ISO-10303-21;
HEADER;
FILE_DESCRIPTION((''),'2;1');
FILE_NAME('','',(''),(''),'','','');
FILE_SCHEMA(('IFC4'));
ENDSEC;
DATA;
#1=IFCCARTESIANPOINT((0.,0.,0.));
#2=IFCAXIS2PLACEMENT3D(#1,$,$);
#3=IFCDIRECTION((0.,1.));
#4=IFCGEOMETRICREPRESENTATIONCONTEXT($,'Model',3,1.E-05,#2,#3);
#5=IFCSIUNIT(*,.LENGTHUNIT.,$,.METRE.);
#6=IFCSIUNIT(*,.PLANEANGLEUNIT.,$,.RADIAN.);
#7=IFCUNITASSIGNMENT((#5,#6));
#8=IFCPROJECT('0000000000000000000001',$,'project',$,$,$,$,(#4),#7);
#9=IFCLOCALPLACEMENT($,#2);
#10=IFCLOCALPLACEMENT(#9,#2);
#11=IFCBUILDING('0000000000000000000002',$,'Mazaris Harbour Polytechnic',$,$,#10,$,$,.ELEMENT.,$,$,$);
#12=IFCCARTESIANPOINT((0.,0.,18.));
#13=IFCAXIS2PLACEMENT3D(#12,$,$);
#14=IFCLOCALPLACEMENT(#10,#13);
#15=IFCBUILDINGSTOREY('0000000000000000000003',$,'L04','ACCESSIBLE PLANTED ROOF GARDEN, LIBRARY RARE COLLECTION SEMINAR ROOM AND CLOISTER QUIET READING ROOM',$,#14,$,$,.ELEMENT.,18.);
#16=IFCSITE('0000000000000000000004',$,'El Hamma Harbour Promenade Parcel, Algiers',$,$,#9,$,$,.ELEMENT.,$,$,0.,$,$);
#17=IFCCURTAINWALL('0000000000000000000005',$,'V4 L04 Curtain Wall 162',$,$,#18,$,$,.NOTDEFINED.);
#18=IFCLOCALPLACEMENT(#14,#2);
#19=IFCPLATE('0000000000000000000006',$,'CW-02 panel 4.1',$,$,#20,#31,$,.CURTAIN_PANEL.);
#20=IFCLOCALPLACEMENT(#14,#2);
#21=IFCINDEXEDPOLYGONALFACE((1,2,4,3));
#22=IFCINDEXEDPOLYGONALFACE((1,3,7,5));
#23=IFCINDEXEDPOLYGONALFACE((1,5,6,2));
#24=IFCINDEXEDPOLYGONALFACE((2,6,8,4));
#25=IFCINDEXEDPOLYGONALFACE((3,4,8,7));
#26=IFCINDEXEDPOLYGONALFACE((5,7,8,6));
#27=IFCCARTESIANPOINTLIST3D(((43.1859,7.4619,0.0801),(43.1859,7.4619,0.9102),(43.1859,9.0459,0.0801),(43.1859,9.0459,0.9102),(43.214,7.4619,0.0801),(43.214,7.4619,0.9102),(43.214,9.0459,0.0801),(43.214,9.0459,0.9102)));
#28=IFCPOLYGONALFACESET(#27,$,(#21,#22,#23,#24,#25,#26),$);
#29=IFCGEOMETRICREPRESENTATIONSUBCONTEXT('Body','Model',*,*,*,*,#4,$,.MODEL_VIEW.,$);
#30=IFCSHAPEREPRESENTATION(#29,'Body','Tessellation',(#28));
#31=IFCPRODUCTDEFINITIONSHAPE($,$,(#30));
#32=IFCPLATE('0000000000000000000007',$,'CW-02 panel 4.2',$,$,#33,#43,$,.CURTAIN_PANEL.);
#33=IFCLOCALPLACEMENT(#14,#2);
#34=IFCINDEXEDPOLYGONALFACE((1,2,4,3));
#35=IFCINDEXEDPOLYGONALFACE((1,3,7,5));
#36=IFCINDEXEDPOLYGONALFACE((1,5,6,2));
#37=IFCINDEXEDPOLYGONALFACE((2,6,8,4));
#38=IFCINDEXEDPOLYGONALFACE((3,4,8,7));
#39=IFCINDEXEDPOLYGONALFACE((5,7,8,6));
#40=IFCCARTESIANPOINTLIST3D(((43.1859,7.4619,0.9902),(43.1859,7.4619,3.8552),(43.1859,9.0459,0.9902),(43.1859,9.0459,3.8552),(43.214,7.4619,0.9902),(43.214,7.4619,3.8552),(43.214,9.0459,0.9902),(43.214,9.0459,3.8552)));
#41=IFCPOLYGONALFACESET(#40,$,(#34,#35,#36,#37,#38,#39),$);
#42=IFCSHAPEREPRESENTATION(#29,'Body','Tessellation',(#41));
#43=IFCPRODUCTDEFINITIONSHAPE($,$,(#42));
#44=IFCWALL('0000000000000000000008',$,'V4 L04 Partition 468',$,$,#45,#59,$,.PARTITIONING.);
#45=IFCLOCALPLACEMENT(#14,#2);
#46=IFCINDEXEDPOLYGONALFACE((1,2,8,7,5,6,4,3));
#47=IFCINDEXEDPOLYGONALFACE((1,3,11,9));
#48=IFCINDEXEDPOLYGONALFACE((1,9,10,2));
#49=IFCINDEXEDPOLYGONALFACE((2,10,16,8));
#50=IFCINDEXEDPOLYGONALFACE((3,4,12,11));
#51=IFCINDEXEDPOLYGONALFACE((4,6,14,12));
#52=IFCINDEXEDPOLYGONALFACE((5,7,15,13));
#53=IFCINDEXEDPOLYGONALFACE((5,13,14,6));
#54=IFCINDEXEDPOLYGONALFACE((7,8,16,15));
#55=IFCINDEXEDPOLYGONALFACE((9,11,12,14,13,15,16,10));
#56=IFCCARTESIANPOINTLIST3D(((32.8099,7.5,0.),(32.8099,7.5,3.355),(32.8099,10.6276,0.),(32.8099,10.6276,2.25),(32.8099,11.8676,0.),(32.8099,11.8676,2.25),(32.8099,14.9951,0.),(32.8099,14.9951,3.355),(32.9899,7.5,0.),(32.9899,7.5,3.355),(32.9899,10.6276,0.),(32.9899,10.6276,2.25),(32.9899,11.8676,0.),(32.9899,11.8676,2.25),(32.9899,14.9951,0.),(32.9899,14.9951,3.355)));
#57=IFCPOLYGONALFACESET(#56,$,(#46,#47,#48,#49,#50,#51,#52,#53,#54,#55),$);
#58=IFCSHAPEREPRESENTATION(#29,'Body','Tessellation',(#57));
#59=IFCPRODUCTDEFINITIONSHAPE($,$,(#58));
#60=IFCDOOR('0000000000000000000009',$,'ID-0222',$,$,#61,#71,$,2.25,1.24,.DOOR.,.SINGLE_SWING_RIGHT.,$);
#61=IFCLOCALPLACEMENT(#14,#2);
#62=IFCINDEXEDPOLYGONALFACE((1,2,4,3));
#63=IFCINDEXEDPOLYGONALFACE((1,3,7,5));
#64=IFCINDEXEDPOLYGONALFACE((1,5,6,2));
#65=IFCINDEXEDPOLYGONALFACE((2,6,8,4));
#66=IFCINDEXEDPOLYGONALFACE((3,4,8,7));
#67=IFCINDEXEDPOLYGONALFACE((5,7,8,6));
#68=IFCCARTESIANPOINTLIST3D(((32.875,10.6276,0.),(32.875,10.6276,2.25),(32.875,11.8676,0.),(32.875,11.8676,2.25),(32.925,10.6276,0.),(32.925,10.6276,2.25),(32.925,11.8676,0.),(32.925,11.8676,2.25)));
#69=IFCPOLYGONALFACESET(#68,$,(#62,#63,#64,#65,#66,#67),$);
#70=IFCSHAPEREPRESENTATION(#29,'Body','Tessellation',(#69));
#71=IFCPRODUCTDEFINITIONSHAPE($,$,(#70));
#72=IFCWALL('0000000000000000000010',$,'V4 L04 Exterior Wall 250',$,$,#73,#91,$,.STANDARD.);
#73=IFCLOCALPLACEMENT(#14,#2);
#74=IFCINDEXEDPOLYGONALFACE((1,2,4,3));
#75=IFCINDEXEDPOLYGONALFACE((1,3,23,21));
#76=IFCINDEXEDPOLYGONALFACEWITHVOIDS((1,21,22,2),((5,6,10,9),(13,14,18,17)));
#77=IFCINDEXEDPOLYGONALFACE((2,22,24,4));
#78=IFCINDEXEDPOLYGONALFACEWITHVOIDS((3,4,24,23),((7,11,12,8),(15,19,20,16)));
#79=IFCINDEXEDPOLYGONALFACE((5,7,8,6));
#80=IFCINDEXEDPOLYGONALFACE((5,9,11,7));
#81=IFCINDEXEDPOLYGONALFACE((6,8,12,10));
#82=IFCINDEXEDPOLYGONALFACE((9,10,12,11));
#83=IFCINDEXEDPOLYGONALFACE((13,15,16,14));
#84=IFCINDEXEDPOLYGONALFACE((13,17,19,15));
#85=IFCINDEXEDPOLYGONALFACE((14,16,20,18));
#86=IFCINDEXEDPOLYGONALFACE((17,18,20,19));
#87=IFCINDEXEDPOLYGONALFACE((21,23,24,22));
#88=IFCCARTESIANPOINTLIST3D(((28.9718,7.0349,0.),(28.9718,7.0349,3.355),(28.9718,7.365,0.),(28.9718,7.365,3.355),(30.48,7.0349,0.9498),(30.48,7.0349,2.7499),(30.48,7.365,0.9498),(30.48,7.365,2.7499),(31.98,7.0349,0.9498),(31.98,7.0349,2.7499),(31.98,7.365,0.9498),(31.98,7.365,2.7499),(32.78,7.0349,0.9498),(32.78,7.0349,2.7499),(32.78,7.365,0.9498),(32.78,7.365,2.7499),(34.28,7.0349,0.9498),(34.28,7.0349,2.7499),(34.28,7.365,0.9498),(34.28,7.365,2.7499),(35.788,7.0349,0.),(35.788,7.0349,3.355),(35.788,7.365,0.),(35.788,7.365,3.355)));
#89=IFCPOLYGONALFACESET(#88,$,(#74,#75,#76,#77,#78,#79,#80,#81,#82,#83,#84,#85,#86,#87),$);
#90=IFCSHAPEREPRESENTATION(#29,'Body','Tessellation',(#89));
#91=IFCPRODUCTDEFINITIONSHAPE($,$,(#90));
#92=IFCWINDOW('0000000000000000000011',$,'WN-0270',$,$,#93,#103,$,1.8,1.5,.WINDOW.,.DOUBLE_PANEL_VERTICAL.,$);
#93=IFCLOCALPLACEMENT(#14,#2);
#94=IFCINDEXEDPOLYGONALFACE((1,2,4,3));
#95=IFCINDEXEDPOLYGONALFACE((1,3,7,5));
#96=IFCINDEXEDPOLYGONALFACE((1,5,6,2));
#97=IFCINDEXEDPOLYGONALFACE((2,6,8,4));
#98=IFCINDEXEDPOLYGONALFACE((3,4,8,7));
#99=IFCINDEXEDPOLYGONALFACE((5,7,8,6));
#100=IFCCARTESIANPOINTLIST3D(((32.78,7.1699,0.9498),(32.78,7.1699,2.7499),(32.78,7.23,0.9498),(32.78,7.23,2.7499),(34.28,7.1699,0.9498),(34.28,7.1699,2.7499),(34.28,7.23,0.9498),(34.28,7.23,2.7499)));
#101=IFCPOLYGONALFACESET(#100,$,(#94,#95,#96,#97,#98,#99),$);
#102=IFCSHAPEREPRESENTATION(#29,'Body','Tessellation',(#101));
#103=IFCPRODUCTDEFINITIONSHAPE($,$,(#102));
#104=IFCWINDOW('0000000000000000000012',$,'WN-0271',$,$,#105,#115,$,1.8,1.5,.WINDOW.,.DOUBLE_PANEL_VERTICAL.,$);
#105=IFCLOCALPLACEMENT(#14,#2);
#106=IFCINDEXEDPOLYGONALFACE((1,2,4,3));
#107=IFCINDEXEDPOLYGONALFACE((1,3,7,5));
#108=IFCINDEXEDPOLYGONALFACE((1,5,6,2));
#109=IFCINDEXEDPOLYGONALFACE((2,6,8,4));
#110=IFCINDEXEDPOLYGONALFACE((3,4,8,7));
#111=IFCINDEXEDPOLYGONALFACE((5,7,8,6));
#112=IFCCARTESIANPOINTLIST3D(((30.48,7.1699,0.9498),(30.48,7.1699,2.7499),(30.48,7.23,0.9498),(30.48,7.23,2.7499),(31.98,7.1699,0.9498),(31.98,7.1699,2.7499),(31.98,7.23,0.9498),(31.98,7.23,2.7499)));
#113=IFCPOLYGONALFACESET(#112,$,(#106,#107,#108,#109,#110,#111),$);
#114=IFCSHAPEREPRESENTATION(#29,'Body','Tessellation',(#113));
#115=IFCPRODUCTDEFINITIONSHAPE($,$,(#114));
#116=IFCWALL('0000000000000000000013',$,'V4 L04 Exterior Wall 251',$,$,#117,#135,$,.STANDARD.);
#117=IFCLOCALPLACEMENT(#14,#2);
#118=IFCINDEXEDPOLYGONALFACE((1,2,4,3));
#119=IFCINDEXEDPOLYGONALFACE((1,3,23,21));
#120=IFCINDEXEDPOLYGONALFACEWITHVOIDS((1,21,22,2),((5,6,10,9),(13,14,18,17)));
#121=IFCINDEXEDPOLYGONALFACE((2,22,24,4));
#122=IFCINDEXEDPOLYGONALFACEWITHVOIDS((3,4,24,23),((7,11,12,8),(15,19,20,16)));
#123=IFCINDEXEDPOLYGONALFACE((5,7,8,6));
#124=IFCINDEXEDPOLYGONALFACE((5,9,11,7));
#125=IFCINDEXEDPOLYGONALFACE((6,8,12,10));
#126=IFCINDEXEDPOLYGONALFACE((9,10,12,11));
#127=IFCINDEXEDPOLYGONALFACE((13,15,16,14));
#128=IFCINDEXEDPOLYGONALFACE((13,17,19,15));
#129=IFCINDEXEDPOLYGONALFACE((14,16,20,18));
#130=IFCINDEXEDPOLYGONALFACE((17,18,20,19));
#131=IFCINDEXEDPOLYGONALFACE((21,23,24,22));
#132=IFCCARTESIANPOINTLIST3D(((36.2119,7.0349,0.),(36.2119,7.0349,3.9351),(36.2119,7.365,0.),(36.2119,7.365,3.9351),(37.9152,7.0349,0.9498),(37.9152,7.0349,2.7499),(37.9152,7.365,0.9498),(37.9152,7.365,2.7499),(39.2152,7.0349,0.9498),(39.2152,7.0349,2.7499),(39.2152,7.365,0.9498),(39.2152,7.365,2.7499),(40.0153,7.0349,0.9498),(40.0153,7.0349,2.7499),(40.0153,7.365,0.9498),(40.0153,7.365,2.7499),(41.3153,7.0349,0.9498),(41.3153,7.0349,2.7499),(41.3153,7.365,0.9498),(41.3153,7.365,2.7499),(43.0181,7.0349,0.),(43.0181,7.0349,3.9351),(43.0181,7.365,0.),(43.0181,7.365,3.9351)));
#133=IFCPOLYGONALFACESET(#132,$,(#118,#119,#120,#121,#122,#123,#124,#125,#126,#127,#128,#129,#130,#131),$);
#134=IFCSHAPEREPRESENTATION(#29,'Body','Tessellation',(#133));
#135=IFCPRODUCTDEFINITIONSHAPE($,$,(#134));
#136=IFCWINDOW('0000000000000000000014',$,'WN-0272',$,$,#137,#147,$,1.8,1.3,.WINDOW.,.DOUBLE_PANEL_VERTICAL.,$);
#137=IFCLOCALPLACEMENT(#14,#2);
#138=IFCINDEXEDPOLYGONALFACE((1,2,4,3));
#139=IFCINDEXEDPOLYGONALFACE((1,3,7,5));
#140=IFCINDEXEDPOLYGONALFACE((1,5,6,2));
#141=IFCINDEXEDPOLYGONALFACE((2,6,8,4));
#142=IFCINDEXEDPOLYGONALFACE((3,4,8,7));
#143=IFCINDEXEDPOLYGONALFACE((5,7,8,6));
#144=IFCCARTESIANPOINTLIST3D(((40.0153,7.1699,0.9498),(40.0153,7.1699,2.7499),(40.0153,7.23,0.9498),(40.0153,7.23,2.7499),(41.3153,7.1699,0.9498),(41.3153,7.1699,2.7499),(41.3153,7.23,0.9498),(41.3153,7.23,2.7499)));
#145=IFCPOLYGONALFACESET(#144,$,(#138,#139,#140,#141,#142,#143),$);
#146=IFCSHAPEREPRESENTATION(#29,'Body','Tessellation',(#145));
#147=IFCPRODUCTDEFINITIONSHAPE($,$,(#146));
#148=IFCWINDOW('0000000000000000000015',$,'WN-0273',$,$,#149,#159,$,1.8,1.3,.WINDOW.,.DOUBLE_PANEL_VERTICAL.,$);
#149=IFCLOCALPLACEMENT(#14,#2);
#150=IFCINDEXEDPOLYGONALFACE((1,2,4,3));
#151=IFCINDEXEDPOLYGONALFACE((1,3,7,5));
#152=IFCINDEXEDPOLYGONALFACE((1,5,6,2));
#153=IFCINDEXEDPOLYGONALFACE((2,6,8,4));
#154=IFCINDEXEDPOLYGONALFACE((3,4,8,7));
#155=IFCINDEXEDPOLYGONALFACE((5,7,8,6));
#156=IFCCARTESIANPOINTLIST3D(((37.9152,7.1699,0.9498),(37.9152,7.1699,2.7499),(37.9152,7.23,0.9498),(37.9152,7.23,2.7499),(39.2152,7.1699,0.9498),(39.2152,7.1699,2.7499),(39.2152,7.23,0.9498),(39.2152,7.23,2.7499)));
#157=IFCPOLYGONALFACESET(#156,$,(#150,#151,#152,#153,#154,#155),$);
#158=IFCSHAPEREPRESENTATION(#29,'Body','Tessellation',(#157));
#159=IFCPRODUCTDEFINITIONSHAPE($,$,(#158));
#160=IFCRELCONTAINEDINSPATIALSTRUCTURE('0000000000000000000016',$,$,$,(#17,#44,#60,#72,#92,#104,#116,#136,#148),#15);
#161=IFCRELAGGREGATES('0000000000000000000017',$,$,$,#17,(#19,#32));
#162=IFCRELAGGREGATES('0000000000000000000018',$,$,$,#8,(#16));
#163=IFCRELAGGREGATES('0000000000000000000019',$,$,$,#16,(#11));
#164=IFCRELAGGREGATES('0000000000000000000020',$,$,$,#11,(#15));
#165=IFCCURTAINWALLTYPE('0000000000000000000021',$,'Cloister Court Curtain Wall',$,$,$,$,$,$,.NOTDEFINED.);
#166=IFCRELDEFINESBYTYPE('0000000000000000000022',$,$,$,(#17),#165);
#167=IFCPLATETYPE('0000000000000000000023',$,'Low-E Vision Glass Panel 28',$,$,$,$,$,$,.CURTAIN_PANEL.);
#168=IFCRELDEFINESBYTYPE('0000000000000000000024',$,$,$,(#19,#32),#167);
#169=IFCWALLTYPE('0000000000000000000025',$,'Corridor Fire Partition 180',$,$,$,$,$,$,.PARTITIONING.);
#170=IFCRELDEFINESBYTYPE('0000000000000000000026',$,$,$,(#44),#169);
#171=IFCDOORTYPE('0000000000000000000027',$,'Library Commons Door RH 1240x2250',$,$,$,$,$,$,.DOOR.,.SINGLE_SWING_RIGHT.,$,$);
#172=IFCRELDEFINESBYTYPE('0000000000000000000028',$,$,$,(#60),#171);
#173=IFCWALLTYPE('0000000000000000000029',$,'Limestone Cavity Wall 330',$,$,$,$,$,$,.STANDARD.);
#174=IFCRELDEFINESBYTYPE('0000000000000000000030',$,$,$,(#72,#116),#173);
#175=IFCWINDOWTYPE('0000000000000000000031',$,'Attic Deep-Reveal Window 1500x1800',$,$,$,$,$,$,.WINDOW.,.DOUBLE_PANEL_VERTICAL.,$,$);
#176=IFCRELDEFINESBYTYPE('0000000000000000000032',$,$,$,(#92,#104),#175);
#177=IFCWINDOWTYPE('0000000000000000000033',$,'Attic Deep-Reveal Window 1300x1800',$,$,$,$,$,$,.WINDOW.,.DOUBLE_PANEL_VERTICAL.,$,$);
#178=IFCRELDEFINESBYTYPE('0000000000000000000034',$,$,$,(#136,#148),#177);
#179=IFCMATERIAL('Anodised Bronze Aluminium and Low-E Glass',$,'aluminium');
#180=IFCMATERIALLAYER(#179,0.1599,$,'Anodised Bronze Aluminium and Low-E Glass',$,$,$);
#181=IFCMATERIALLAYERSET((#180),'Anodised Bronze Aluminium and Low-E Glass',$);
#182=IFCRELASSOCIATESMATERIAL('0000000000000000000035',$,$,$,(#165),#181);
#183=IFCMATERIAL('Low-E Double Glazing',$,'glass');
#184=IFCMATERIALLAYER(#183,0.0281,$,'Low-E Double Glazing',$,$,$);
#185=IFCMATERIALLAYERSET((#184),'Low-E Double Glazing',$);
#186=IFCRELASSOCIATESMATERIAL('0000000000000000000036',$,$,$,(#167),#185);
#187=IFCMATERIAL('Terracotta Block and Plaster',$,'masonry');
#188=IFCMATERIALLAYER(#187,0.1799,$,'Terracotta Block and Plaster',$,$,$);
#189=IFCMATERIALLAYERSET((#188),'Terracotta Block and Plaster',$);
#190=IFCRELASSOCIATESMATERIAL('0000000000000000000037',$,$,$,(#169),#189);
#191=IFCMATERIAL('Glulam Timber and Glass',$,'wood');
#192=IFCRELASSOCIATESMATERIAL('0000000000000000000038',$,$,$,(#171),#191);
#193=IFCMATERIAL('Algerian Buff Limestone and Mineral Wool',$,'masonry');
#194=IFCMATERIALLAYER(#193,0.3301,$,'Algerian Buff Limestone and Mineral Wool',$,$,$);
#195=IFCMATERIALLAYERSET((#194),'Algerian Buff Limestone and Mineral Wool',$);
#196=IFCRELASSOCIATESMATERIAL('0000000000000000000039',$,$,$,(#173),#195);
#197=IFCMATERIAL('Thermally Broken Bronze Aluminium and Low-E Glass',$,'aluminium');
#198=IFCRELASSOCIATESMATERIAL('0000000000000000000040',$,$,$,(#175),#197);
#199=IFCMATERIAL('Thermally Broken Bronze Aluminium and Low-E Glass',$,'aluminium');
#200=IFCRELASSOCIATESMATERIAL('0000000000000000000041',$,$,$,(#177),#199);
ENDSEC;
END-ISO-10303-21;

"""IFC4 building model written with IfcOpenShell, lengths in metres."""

from ifc_helpers import new_model, si_unit, direction, frame, frame_2d, origin, origin_2d, place, context, subcontext, project, spatial, rectangle, extrude, material, layer, layer_set, type_object, element, fill, aggregate, save


model = new_model("IFC4")

# Units and contexts
model_context = context("Model", 3, precision=1e-05, world=origin(), true_north=direction((0.0, 1.0)))
body_context = subcontext(model_context, "Body", "Model", "MODEL_VIEW")
ifc_project = project(units=[si_unit("LENGTHUNIT", "METRE"), si_unit("PLANEANGLEUNIT", "RADIAN")], contexts=[model_context])

# Site, building, storey
site_placement = place(None, origin())
site = spatial("IfcSite", under=ifc_project, at=site_placement, Name="El Hamma Harbour Promenade Parcel, Algiers", CompositionType="ELEMENT", RefElevation=0.0)
building_placement = place(site_placement, origin())
building = spatial("IfcBuilding", under=site, at=building_placement, Name="Mazaris Harbour Polytechnic", CompositionType="ELEMENT")
storey_placement = place(building_placement, frame((0.0, 0.0, 18.0)))
storey = spatial("IfcBuildingStorey", under=building, at=storey_placement, Name="L04", Description="ACCESSIBLE PLANTED ROOF GARDEN, LIBRARY RARE COLLECTION SEMINAR ROOM AND CLOISTER QUIET READING ROOM", CompositionType="ELEMENT", Elevation=18.0)

# Curtain wall
ifc_material_1 = material(Name="Anodised Bronze Aluminium and Low-E Glass", Category="aluminium")
ifc_layer_1 = layer(ifc_material_1, 0.1599, Name="Anodised Bronze Aluminium and Low-E Glass")
ifc_layer_set_1 = layer_set([ifc_layer_1], Name="Anodised Bronze Aluminium and Low-E Glass")
curtain_wall_type = type_object("IfcCurtainWallType", Name="Cloister Court Curtain Wall", PredefinedType="NOTDEFINED", material=ifc_layer_set_1)
curtain_wall_placement = place(storey_placement, origin())
curtain_wall = element("IfcCurtainWall", 1, at=curtain_wall_placement, inside=storey, type_object=curtain_wall_type, Name="V4 L04 Curtain Wall 162", PredefinedType="NOTDEFINED")

# Plates
ifc_material_2 = material(Name="Low-E Double Glazing", Category="glass")
ifc_layer_2 = layer(ifc_material_2, 0.0281, Name="Low-E Double Glazing")
ifc_layer_set_2 = layer_set([ifc_layer_2], Name="Low-E Double Glazing")
plate_type = type_object("IfcPlateType", Name="Low-E Vision Glass Panel 28", PredefinedType="CURTAIN_PANEL", material=ifc_layer_set_2)
plate_1_placement = place(storey_placement, frame((43.2, 8.2539, 0.0801), z_axis=(0.0, 0.0, 1.0), x_axis=(0.0, -1.0, 0.0)))
plate_1 = element("IfcPlate", 2, at=plate_1_placement, type_object=plate_type, Name="CW-02 panel 4.1", PredefinedType="CURTAIN_PANEL", context=body_context, shape_type="SweptSolid", body=[
    extrude(rectangle(XDim=1.584, YDim=0.0281, at=origin_2d()), origin(), (0.0, 0.0, 1.0), 0.8301),
])
plate_2_placement = place(storey_placement, frame((43.2, 8.2539, 0.9902), z_axis=(0.0, 0.0, 1.0), x_axis=(0.0, -1.0, 0.0)))
plate_2 = element("IfcPlate", 3, at=plate_2_placement, type_object=plate_type, Name="CW-02 panel 4.2", PredefinedType="CURTAIN_PANEL", context=body_context, shape_type="SweptSolid", body=[
    extrude(rectangle(XDim=1.584, YDim=0.0281, at=origin_2d()), origin(), (0.0, 0.0, 1.0), 2.865),
])
aggregate(curtain_wall, [plate_1, plate_2])

# Wall, opening, door
ifc_material_3 = material(Name="Terracotta Block and Plaster", Category="masonry")
ifc_layer_3 = layer(ifc_material_3, 0.1799, Name="Terracotta Block and Plaster")
ifc_layer_set_3 = layer_set([ifc_layer_3], Name="Terracotta Block and Plaster")
wall_type_1 = type_object("IfcWallType", Name="Corridor Fire Partition 180", PredefinedType="PARTITIONING", material=ifc_layer_set_3)
wall_1_placement = place(storey_placement, frame((32.8999, 7.5, 0.0), z_axis=(0.0, 0.0, 1.0), x_axis=(0.0, 1.0, 0.0)))
wall_1 = element("IfcWall", 4, at=wall_1_placement, inside=storey, type_object=wall_type_1, Name="V4 L04 Partition 468", PredefinedType="PARTITIONING", context=body_context, shape_type="SweptSolid", body=[
    extrude(rectangle(XDim=7.4951, YDim=0.1799, at=frame_2d((3.7476, 0.0))), origin(), (0.0, 0.0, 1.0), 3.355),
])
opening_1_placement = place(wall_1_placement, frame((3.1274, 0.0, 0.0)))
opening_1 = element("IfcOpeningElement", 5, at=opening_1_placement, cuts=wall_1, PredefinedType="OPENING", context=body_context, shape_type="SweptSolid", body=[
    extrude(rectangle(XDim=1.24, YDim=2.25, at=frame_2d((0.6201, 1.125))), frame((0.0, 0.0999, 0.0), z_axis=(0.0, -1.0, 0.0), x_axis=(1.0, 0.0, 0.0)), (0.0, 0.0, 1.0), 0.2),
])
ifc_material_4 = material(Name="Glulam Timber and Glass", Category="wood")
door_type = type_object("IfcDoorType", Name="Library Commons Door RH 1240x2250", OperationType="SINGLE_SWING_RIGHT", PredefinedType="DOOR", material=ifc_material_4)
door_placement = place(opening_1_placement, origin())
door = element("IfcDoor", 6, at=door_placement, inside=storey, type_object=door_type, Name="ID-0222", OperationType="SINGLE_SWING_RIGHT", OverallHeight=2.25, OverallWidth=1.24, PredefinedType="DOOR", context=body_context, shape_type="SweptSolid", body=[
    extrude(rectangle(XDim=1.24, YDim=2.25, at=frame_2d((0.6201, 1.125))), frame((0.0, 0.0249, 0.0), z_axis=(0.0, -1.0, 0.0), x_axis=(1.0, 0.0, 0.0)), (0.0, 0.0, 1.0), 0.05),
])
fill(opening_1, door)

# Walls, openings, windows
ifc_material_5 = material(Name="Algerian Buff Limestone and Mineral Wool", Category="masonry")
ifc_layer_4 = layer(ifc_material_5, 0.3301, Name="Algerian Buff Limestone and Mineral Wool")
ifc_layer_set_4 = layer_set([ifc_layer_4], Name="Algerian Buff Limestone and Mineral Wool")
wall_type_2 = type_object("IfcWallType", Name="Limestone Cavity Wall 330", PredefinedType="STANDARD", material=ifc_layer_set_4)
wall_2_placement = place(storey_placement, frame((35.7881, 7.2, 0.0), z_axis=(0.0, 0.0, 1.0), x_axis=(-1.0, 0.0, 0.0)))
wall_2 = element("IfcWall", 7, at=wall_2_placement, inside=storey, type_object=wall_type_2, Name="V4 L04 Exterior Wall 250", PredefinedType="STANDARD", context=body_context, shape_type="SweptSolid", body=[
    extrude(rectangle(XDim=6.8162, YDim=0.3301, at=frame_2d((3.4082, 0.0))), origin(), (0.0, 0.0, 1.0), 3.355),
])
opening_2_placement = place(wall_2_placement, frame((1.5081, 0.0, 0.95)))
opening_2 = element("IfcOpeningElement", 8, at=opening_2_placement, cuts=wall_2, PredefinedType="OPENING", context=body_context, shape_type="SweptSolid", body=[
    extrude(rectangle(XDim=1.5, YDim=1.8, at=frame_2d((0.75, 0.8999))), frame((0.0, 0.175, 0.0), z_axis=(0.0, -1.0, 0.0), x_axis=(1.0, 0.0, 0.0)), (0.0, 0.0, 1.0), 0.3501),
])
opening_3_placement = place(wall_2_placement, frame((3.8081, 0.0, 0.95)))
opening_3 = element("IfcOpeningElement", 9, at=opening_3_placement, cuts=wall_2, PredefinedType="OPENING", context=body_context, shape_type="SweptSolid", body=[
    extrude(rectangle(XDim=1.5, YDim=1.8, at=frame_2d((0.75, 0.8999))), frame((0.0, 0.175, 0.0), z_axis=(0.0, -1.0, 0.0), x_axis=(1.0, 0.0, 0.0)), (0.0, 0.0, 1.0), 0.3501),
])
ifc_material_6 = material(Name="Thermally Broken Bronze Aluminium and Low-E Glass", Category="aluminium")
window_type_1 = type_object("IfcWindowType", Name="Attic Deep-Reveal Window 1500x1800", PartitioningType="DOUBLE_PANEL_VERTICAL", PredefinedType="WINDOW", material=ifc_material_6)
window_1_placement = place(opening_2_placement, origin())
window_1 = element("IfcWindow", 10, at=window_1_placement, inside=storey, type_object=window_type_1, Name="WN-0270", OverallHeight=1.8, OverallWidth=1.5, PartitioningType="DOUBLE_PANEL_VERTICAL", PredefinedType="WINDOW", context=body_context, shape_type="SweptSolid", body=[
    extrude(rectangle(XDim=1.5, YDim=1.8, at=frame_2d((0.75, 0.8999))), frame((0.0, 0.03, 0.0), z_axis=(0.0, -1.0, 0.0), x_axis=(1.0, 0.0, 0.0)), (0.0, 0.0, 1.0), 0.0601),
])
fill(opening_2, window_1)
window_2_placement = place(opening_3_placement, origin())
window_2 = element("IfcWindow", 11, at=window_2_placement, inside=storey, type_object=window_type_1, Name="WN-0271", OverallHeight=1.8, OverallWidth=1.5, PartitioningType="DOUBLE_PANEL_VERTICAL", PredefinedType="WINDOW", context=body_context, shape_type="SweptSolid", body=[
    extrude(rectangle(XDim=1.5, YDim=1.8, at=frame_2d((0.75, 0.8999))), frame((0.0, 0.03, 0.0), z_axis=(0.0, -1.0, 0.0), x_axis=(1.0, 0.0, 0.0)), (0.0, 0.0, 1.0), 0.0601),
])
fill(opening_3, window_2)
wall_3_placement = place(storey_placement, frame((43.0181, 7.2, 0.0), z_axis=(0.0, 0.0, 1.0), x_axis=(-1.0, 0.0, 0.0)))
wall_3 = element("IfcWall", 12, at=wall_3_placement, inside=storey, type_object=wall_type_2, Name="V4 L04 Exterior Wall 251", PredefinedType="STANDARD", context=body_context, shape_type="SweptSolid", body=[
    extrude(rectangle(XDim=6.8062, YDim=0.3301, at=frame_2d((3.4031, 0.0))), origin(), (0.0, 0.0, 1.0), 3.9351),
])
opening_4_placement = place(wall_3_placement, frame((1.7029, 0.0, 0.95)))
opening_4 = element("IfcOpeningElement", 13, at=opening_4_placement, cuts=wall_3, PredefinedType="OPENING", context=body_context, shape_type="SweptSolid", body=[
    extrude(rectangle(XDim=1.3, YDim=1.8, at=frame_2d((0.6499, 0.8999))), frame((0.0, 0.175, 0.0), z_axis=(0.0, -1.0, 0.0), x_axis=(1.0, 0.0, 0.0)), (0.0, 0.0, 1.0), 0.3501),
])
opening_5_placement = place(wall_3_placement, frame((3.803, 0.0, 0.95)))
opening_5 = element("IfcOpeningElement", 14, at=opening_5_placement, cuts=wall_3, PredefinedType="OPENING", context=body_context, shape_type="SweptSolid", body=[
    extrude(rectangle(XDim=1.3, YDim=1.8, at=frame_2d((0.6499, 0.8999))), frame((0.0, 0.175, 0.0), z_axis=(0.0, -1.0, 0.0), x_axis=(1.0, 0.0, 0.0)), (0.0, 0.0, 1.0), 0.3501),
])
ifc_material_7 = material(Name="Thermally Broken Bronze Aluminium and Low-E Glass", Category="aluminium")
window_type_2 = type_object("IfcWindowType", Name="Attic Deep-Reveal Window 1300x1800", PartitioningType="DOUBLE_PANEL_VERTICAL", PredefinedType="WINDOW", material=ifc_material_7)
window_3_placement = place(opening_4_placement, origin())
window_3 = element("IfcWindow", 15, at=window_3_placement, inside=storey, type_object=window_type_2, Name="WN-0272", OverallHeight=1.8, OverallWidth=1.3, PartitioningType="DOUBLE_PANEL_VERTICAL", PredefinedType="WINDOW", context=body_context, shape_type="SweptSolid", body=[
    extrude(rectangle(XDim=1.3, YDim=1.8, at=frame_2d((0.6499, 0.8999))), frame((0.0, 0.03, 0.0), z_axis=(0.0, -1.0, 0.0), x_axis=(1.0, 0.0, 0.0)), (0.0, 0.0, 1.0), 0.0601),
])
fill(opening_4, window_3)
window_4_placement = place(opening_5_placement, origin())
window_4 = element("IfcWindow", 16, at=window_4_placement, inside=storey, type_object=window_type_2, Name="WN-0273", OverallHeight=1.8, OverallWidth=1.3, PartitioningType="DOUBLE_PANEL_VERTICAL", PredefinedType="WINDOW", context=body_context, shape_type="SweptSolid", body=[
    extrude(rectangle(XDim=1.3, YDim=1.8, at=frame_2d((0.6499, 0.8999))), frame((0.0, 0.03, 0.0), z_axis=(0.0, -1.0, 0.0), x_axis=(1.0, 0.0, 0.0)), (0.0, 0.0, 1.0), 0.0601),
])
fill(opening_5, window_4)

save(model, "model.ifc")
